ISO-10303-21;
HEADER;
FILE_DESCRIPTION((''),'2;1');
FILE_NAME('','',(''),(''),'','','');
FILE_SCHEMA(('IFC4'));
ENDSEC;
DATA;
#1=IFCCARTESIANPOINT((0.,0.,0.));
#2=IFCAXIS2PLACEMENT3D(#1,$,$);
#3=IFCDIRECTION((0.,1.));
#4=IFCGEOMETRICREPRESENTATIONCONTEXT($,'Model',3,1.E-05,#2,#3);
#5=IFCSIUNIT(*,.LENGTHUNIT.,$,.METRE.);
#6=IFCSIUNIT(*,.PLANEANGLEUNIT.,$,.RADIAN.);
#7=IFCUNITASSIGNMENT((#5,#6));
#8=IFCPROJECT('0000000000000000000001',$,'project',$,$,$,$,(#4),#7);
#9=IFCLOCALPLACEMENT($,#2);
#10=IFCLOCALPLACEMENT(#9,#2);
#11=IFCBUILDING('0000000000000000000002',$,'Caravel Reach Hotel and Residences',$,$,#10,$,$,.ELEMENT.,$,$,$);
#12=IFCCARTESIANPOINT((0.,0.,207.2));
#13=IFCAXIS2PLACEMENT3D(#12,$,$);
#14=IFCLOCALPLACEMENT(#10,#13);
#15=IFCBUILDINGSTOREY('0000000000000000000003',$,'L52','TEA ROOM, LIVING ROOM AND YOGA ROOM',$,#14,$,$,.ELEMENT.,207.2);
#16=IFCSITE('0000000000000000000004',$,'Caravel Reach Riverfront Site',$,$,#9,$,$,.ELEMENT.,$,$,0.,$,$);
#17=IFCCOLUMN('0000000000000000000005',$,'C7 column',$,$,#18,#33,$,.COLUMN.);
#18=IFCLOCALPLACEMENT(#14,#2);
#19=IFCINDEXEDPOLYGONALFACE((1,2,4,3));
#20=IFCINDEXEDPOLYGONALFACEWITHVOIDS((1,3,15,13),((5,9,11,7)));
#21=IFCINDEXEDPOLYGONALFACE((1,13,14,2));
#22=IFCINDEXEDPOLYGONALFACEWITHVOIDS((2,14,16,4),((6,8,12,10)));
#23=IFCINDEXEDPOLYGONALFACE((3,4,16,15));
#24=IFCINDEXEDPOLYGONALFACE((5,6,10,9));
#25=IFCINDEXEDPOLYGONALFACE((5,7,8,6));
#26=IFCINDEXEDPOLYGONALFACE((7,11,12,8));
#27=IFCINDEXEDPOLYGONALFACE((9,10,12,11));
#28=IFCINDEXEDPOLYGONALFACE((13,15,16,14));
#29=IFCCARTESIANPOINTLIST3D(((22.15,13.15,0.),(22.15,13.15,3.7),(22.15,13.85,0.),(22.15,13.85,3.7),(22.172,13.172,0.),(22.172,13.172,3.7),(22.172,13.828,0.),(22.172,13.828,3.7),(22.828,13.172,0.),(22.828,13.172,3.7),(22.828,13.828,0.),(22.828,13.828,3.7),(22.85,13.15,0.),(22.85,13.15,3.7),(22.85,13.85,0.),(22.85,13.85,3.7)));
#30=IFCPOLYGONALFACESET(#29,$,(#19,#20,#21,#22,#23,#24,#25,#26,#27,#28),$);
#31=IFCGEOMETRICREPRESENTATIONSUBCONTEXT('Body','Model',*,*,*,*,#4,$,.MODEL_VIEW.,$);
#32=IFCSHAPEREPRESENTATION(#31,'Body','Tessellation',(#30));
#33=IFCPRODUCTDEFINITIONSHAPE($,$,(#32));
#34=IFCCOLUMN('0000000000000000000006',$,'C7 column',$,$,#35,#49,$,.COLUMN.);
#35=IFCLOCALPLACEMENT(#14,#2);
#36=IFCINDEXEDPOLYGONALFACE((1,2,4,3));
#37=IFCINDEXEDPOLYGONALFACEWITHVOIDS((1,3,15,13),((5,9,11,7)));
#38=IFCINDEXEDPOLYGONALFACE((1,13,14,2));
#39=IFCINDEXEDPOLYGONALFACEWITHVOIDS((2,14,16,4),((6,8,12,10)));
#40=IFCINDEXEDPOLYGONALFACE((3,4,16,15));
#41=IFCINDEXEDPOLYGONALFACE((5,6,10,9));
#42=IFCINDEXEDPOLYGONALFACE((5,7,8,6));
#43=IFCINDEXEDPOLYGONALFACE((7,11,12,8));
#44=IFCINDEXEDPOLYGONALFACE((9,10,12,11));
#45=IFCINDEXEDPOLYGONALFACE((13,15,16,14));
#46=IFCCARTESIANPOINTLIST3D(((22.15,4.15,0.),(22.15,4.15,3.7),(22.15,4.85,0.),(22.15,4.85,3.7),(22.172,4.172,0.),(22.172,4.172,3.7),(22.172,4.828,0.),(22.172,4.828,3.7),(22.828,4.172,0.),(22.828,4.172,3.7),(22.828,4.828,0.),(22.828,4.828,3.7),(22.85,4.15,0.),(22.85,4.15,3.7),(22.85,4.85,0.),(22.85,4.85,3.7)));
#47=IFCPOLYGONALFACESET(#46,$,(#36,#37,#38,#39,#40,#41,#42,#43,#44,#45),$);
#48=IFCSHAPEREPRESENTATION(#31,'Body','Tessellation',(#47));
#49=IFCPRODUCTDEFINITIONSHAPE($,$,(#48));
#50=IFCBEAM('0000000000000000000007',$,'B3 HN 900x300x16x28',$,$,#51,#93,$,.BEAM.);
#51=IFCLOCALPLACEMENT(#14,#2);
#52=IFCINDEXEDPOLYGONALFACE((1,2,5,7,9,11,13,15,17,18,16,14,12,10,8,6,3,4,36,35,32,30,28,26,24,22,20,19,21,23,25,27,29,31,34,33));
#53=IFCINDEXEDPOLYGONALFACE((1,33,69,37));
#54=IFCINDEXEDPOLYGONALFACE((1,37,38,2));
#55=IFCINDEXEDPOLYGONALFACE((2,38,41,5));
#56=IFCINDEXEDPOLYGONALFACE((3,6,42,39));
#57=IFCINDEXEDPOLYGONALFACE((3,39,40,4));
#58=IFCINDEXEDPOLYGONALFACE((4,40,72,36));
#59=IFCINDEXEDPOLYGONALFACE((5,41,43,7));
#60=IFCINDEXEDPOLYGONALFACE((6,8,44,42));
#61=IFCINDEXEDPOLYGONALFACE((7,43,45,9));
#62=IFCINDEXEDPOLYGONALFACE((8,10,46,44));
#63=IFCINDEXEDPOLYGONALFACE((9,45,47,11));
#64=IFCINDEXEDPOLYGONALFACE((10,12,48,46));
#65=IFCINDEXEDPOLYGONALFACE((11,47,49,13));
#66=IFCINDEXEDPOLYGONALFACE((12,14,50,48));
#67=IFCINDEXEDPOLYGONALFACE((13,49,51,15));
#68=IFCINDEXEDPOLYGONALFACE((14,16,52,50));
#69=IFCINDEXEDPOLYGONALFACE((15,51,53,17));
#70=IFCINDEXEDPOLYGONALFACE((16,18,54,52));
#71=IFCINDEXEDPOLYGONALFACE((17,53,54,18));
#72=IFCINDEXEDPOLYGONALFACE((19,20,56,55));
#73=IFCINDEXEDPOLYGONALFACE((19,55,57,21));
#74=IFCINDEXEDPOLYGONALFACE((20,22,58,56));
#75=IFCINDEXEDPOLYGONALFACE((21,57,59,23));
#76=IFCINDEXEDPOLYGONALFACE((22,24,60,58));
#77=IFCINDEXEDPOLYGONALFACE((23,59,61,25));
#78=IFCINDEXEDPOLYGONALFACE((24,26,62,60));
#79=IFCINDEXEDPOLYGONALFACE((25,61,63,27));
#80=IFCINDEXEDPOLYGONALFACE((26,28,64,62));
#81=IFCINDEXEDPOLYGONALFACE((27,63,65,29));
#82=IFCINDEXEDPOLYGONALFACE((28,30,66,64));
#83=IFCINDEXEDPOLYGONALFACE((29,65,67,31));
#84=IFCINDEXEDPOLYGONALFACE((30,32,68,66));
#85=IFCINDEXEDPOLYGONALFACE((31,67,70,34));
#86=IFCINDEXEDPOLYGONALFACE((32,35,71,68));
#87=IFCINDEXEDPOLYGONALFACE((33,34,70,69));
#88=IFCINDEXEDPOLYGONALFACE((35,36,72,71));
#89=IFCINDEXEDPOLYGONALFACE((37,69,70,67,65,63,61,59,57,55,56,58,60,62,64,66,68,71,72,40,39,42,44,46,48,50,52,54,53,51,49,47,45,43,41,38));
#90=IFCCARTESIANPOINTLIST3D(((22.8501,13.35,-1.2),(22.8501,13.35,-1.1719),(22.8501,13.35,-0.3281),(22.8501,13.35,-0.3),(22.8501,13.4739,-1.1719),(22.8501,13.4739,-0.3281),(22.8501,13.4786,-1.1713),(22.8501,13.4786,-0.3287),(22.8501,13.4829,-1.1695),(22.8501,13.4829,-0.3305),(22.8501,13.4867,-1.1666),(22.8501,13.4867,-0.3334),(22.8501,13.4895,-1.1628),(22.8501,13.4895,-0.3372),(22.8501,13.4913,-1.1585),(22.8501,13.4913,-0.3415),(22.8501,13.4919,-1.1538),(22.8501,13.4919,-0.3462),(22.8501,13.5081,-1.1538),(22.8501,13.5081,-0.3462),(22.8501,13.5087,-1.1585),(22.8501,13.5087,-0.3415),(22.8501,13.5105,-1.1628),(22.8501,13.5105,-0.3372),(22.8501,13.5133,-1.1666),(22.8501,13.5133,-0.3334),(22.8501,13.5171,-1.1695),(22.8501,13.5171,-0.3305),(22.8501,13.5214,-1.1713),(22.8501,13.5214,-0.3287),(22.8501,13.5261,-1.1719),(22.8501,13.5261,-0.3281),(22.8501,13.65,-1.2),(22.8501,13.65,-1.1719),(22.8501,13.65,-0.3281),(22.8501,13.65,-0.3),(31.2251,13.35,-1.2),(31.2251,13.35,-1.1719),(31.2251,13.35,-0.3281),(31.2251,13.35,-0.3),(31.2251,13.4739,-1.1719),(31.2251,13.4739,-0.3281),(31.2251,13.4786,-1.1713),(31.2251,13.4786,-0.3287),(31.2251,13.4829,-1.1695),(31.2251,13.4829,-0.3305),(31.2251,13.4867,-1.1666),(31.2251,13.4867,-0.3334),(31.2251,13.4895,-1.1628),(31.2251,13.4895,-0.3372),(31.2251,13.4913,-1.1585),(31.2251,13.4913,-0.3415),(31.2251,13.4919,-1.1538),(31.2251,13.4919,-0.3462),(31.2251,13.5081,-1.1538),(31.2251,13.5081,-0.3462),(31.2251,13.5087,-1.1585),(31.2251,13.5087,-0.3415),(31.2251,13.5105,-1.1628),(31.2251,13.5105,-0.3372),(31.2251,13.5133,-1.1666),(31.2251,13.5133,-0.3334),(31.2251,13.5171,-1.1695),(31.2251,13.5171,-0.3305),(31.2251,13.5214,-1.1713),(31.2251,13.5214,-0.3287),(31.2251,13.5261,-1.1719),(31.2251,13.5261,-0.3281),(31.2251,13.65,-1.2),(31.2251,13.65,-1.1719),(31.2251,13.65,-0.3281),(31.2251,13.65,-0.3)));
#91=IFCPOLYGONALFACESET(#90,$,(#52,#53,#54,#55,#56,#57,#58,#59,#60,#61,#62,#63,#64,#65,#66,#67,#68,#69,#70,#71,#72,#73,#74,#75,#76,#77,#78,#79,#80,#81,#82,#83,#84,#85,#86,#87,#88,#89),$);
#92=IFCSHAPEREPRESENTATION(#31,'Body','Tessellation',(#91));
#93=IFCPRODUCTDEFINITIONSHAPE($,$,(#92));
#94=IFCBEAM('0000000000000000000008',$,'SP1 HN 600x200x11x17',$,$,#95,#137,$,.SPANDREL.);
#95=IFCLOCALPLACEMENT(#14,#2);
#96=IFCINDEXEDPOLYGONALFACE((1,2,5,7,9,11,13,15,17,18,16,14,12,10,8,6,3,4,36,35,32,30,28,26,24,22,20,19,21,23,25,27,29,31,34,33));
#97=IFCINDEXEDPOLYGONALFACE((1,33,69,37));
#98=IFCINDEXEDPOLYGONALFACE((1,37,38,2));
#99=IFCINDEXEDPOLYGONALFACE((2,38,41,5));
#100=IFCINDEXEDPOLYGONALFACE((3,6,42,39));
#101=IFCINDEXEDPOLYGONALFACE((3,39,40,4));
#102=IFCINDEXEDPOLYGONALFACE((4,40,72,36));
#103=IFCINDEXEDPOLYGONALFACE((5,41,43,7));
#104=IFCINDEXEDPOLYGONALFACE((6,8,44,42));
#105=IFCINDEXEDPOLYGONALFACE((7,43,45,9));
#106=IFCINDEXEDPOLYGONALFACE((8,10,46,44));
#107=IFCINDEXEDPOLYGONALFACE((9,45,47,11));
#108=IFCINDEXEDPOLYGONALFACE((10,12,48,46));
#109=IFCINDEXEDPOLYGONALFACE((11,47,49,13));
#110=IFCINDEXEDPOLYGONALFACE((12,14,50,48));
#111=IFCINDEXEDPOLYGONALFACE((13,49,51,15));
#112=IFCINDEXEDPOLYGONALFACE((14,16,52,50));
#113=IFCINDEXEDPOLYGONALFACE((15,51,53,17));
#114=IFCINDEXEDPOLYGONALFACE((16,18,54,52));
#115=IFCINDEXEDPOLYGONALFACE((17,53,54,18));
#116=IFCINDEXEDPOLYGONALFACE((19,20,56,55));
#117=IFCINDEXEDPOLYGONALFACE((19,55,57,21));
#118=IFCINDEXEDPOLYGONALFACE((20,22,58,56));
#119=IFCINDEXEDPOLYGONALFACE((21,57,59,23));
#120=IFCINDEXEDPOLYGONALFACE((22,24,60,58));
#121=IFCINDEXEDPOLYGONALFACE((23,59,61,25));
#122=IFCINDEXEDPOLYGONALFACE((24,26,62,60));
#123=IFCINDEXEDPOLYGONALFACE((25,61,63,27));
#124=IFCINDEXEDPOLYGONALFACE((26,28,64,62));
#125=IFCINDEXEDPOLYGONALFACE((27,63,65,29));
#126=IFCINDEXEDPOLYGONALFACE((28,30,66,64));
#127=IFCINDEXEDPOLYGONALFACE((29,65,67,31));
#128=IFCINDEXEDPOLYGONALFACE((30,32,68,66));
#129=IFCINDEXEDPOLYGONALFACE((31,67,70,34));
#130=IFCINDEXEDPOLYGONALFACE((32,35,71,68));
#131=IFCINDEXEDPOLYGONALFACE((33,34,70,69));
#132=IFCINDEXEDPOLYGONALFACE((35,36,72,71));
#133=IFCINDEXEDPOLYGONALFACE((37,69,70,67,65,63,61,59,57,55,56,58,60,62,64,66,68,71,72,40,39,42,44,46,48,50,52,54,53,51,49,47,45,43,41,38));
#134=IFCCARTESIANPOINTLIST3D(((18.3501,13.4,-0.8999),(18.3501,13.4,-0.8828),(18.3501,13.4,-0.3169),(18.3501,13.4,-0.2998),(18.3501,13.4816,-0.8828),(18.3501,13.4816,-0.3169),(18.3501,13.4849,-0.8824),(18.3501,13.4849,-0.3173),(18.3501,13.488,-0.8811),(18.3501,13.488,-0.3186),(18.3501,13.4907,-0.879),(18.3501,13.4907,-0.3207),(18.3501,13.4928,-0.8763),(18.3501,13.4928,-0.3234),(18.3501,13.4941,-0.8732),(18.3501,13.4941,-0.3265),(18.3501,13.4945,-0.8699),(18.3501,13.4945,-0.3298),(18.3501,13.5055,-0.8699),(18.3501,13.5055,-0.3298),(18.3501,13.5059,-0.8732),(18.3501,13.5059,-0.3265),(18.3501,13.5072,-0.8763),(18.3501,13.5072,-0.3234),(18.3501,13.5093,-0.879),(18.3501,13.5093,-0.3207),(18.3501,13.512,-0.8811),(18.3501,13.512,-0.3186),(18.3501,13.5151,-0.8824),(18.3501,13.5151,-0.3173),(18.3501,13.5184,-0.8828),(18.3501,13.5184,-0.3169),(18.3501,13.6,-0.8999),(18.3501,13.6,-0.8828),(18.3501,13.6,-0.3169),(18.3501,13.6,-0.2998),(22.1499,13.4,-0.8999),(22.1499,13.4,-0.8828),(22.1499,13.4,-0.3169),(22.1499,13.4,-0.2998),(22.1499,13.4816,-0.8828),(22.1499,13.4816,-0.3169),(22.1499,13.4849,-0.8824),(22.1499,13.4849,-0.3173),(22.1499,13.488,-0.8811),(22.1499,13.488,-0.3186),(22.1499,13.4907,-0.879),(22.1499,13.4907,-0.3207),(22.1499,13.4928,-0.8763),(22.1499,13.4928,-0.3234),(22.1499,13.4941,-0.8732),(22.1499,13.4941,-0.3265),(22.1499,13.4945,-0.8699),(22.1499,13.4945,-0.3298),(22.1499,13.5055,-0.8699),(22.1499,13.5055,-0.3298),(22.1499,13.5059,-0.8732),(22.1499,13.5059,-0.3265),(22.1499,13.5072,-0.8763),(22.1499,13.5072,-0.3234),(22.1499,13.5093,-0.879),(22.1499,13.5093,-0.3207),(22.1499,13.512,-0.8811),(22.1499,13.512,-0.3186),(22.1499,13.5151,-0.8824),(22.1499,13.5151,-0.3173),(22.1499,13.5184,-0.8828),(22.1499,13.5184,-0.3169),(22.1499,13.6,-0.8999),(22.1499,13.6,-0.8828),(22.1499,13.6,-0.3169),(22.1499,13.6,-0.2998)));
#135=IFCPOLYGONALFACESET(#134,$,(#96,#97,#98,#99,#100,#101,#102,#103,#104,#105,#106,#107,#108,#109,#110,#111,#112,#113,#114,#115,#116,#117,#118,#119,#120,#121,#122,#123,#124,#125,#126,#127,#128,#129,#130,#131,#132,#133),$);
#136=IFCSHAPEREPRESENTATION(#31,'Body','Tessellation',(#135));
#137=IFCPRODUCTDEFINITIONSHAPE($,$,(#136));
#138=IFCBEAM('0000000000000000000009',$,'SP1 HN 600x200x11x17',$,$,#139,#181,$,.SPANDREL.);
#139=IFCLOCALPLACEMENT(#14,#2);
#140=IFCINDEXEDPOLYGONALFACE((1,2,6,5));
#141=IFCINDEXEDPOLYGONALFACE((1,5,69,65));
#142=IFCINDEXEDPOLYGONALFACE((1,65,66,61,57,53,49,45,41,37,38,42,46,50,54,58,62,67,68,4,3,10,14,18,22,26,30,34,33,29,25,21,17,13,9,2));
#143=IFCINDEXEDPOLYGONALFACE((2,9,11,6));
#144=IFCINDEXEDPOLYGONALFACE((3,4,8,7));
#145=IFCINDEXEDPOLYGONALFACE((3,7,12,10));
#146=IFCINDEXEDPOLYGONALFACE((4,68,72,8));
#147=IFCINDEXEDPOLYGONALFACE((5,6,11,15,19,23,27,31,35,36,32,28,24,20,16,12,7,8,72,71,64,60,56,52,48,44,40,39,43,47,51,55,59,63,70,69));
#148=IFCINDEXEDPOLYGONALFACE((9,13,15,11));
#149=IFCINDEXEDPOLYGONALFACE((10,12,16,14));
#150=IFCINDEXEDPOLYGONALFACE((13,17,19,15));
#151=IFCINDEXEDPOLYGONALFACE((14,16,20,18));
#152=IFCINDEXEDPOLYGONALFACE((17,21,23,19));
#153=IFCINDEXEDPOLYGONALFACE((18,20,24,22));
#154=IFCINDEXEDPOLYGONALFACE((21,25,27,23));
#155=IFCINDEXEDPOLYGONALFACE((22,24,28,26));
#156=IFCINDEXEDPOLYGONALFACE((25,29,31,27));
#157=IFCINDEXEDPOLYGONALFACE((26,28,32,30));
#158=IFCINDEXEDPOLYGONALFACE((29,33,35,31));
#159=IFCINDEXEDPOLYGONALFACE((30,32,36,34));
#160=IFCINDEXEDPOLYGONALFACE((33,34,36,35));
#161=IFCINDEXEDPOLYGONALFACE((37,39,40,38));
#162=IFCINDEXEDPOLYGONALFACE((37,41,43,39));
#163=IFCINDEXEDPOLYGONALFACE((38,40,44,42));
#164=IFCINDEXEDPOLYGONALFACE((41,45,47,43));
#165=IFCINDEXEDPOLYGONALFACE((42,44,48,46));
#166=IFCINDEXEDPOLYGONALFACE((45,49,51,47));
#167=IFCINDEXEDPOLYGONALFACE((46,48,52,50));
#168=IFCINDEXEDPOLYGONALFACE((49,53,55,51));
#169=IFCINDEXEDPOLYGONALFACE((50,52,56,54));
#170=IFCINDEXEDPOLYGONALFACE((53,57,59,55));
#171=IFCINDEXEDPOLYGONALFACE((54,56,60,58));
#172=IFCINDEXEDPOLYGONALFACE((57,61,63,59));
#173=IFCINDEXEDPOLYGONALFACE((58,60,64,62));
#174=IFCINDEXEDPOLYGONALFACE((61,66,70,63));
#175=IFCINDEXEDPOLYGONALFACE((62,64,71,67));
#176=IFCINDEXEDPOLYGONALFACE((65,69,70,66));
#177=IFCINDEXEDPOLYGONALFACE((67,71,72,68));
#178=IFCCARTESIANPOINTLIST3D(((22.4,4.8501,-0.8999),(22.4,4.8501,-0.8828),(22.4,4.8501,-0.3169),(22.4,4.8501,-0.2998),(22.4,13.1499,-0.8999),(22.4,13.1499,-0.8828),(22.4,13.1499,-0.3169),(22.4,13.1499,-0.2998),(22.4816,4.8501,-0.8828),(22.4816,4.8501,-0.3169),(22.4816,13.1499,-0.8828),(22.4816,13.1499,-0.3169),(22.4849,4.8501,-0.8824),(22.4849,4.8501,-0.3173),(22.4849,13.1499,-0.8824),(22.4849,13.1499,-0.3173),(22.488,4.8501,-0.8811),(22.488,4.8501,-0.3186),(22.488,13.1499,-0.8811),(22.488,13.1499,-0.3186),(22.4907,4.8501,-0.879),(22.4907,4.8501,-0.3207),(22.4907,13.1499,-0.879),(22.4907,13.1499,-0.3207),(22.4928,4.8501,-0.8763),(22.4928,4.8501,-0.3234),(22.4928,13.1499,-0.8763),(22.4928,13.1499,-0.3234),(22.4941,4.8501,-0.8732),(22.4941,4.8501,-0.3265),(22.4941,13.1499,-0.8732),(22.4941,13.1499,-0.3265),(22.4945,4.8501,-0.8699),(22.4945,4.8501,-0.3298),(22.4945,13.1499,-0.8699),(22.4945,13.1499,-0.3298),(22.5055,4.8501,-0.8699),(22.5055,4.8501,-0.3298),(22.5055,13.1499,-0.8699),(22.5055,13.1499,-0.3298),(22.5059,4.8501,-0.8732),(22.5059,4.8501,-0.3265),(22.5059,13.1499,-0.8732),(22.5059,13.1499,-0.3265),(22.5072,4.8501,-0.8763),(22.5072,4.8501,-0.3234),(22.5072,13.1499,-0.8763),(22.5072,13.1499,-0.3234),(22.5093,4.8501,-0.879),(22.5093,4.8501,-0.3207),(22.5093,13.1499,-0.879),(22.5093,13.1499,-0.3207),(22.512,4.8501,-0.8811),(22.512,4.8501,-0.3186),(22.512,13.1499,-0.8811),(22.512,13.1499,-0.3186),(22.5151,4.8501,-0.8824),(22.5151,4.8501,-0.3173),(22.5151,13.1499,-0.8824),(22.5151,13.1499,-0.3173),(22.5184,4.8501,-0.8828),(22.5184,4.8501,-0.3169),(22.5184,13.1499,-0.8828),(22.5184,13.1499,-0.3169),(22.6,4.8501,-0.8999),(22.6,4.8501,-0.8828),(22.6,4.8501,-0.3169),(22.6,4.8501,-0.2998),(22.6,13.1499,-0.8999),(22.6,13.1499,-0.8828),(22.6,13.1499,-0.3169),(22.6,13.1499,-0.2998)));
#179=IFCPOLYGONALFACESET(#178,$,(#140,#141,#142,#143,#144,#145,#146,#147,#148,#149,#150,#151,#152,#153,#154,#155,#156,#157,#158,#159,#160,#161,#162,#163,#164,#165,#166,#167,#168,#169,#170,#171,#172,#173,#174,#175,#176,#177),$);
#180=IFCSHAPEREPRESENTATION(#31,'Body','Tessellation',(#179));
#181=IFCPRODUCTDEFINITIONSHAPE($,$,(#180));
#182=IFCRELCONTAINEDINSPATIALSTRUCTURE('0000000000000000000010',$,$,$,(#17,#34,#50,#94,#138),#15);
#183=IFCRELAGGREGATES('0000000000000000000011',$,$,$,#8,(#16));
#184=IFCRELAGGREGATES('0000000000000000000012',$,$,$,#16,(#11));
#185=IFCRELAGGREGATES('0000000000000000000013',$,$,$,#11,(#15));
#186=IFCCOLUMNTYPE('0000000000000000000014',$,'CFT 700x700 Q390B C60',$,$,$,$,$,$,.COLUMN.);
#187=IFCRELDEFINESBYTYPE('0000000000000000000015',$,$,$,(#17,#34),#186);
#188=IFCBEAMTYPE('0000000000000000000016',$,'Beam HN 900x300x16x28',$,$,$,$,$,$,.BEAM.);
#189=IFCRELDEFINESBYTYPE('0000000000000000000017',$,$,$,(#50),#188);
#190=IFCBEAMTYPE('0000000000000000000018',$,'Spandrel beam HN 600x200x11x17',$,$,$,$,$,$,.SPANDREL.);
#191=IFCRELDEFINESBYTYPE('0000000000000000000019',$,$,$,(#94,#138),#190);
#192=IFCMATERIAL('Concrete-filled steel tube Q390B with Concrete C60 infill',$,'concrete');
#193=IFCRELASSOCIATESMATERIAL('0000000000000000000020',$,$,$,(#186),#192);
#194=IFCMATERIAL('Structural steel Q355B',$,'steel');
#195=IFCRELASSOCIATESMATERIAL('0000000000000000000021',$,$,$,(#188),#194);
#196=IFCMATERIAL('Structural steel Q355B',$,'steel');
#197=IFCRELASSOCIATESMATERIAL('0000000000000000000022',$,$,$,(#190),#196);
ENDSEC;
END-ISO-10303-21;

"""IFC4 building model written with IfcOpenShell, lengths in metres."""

from ifc_helpers import new_model, si_unit, direction, frame, origin, origin_2d, place, context, subcontext, project, spatial, hollow_rectangle, i_section, extrude, material, material_profile, profile_set, type_object, element, save


model = new_model("IFC4")

# Units and contexts
model_context = context("Model", 3, precision=1e-05, world=origin(), true_north=direction((0.0, 1.0)))
body_context = subcontext(model_context, "Body", "Model", "MODEL_VIEW")
ifc_project = project(units=[si_unit("LENGTHUNIT", "METRE"), si_unit("PLANEANGLEUNIT", "RADIAN")], contexts=[model_context])

# Site, building, storey
site_placement = place(None, origin())
site = spatial("IfcSite", under=ifc_project, at=site_placement, Name="Caravel Reach Riverfront Site", CompositionType="ELEMENT", RefElevation=0.0)
building_placement = place(site_placement, origin())
building = spatial("IfcBuilding", under=site, at=building_placement, Name="Caravel Reach Hotel and Residences", CompositionType="ELEMENT")
storey_placement = place(building_placement, frame((0.0, 0.0, 207.2)))
storey = spatial("IfcBuildingStorey", under=building, at=storey_placement, Name="L52", Description="TEA ROOM, LIVING ROOM AND YOGA ROOM", CompositionType="ELEMENT", Elevation=207.2)

# Columns
ifc_material_1 = material(Name="Concrete-filled steel tube Q390B with Concrete C60 infill", Category="concrete")
ifc_material_profile_1 = material_profile(ifc_material_1, hollow_rectangle(XDim=0.7, YDim=0.7, WallThickness=0.022, at=origin_2d()), Name="RHS 700x700x22")
ifc_profile_set_1 = profile_set([ifc_material_profile_1], Name="Concrete-filled steel tube Q390B with Concrete C60 infill")
column_type = type_object("IfcColumnType", Name="CFT 700x700 Q390B C60", PredefinedType="COLUMN", material=ifc_profile_set_1)
for number, where, z_axis, x_axis, name in (
    (1, (22.5, 13.5, 0.0), (0.0, 0.0, 1.0), (1.0, 0.0, 0.0), "C7 column"),
    (2, (22.5, 4.5, 0.0), (0.0, 0.0, 1.0), (1.0, 0.0, 0.0), "C7 column"),
):
    element("IfcColumn", number, at=place(storey_placement, frame(where, z_axis=z_axis, x_axis=x_axis)), inside=storey, type_object=column_type, Name=name, PredefinedType="COLUMN", context=body_context, shape_type="SweptSolid", body=[
        extrude(hollow_rectangle(XDim=0.7, YDim=0.7, WallThickness=0.022, at=origin_2d()), origin(), (0.0, 0.0, 1.0), 3.7),
    ])

# Beams
ifc_material_2 = material(Name="Structural steel Q355B", Category="steel")
ifc_material_profile_2 = material_profile(ifc_material_2, i_section(OverallWidth=0.3, OverallDepth=0.8999, WebThickness=0.0161, FlangeThickness=0.0281, FilletRadius=0.0181, at=origin_2d()), Name="HN 900x300x16x28")
ifc_profile_set_2 = profile_set([ifc_material_profile_2], Name="Structural steel Q355B")
beam_type_1 = type_object("IfcBeamType", Name="Beam HN 900x300x16x28", PredefinedType="BEAM", material=ifc_profile_set_2)
beam_1_placement = place(storey_placement, frame((22.8501, 13.5, -0.75), z_axis=(1.0, 0.0, 0.0), x_axis=(0.0, 1.0, 0.0)))
element("IfcBeam", 3, at=beam_1_placement, inside=storey, type_object=beam_type_1, Name="B3 HN 900x300x16x28", PredefinedType="BEAM", context=body_context, shape_type="SweptSolid", body=[
    extrude(i_section(OverallWidth=0.3, OverallDepth=0.8999, WebThickness=0.0161, FlangeThickness=0.0281, FilletRadius=0.0181, at=origin_2d()), origin(), (0.0, 0.0, 1.0), 8.375),
])
ifc_material_3 = material(Name="Structural steel Q355B", Category="steel")
ifc_material_profile_3 = material_profile(ifc_material_3, i_section(OverallWidth=0.2, OverallDepth=0.6001, WebThickness=0.011, FlangeThickness=0.0171, FilletRadius=0.0129, at=origin_2d()), Name="HN 600x200x11x17")
ifc_profile_set_3 = profile_set([ifc_material_profile_3], Name="Structural steel Q355B")
beam_type_2 = type_object("IfcBeamType", Name="Spandrel beam HN 600x200x11x17", PredefinedType="SPANDREL", material=ifc_profile_set_3)
beam_2_placement = place(storey_placement, frame((18.3501, 13.5, -0.5999), z_axis=(1.0, 0.0, 0.0), x_axis=(0.0, 1.0, 0.0)))
element("IfcBeam", 4, at=beam_2_placement, inside=storey, type_object=beam_type_2, Name="SP1 HN 600x200x11x17", PredefinedType="SPANDREL", context=body_context, shape_type="SweptSolid", body=[
    extrude(i_section(OverallWidth=0.2, OverallDepth=0.6001, WebThickness=0.011, FlangeThickness=0.0171, FilletRadius=0.0129, at=origin_2d()), origin(), (0.0, 0.0, 1.0), 3.7998),
])
beam_3_placement = place(storey_placement, frame((22.5, 13.1499, -0.5999), z_axis=(0.0, -1.0, 0.0), x_axis=(1.0, 0.0, 0.0)))
element("IfcBeam", 5, at=beam_3_placement, inside=storey, type_object=beam_type_2, Name="SP1 HN 600x200x11x17", PredefinedType="SPANDREL", context=body_context, shape_type="SweptSolid", body=[
    extrude(i_section(OverallWidth=0.2, OverallDepth=0.6001, WebThickness=0.011, FlangeThickness=0.0171, FilletRadius=0.0129, at=origin_2d()), origin(), (0.0, 0.0, 1.0), 8.2998),
])

save(model, "model.ifc")
